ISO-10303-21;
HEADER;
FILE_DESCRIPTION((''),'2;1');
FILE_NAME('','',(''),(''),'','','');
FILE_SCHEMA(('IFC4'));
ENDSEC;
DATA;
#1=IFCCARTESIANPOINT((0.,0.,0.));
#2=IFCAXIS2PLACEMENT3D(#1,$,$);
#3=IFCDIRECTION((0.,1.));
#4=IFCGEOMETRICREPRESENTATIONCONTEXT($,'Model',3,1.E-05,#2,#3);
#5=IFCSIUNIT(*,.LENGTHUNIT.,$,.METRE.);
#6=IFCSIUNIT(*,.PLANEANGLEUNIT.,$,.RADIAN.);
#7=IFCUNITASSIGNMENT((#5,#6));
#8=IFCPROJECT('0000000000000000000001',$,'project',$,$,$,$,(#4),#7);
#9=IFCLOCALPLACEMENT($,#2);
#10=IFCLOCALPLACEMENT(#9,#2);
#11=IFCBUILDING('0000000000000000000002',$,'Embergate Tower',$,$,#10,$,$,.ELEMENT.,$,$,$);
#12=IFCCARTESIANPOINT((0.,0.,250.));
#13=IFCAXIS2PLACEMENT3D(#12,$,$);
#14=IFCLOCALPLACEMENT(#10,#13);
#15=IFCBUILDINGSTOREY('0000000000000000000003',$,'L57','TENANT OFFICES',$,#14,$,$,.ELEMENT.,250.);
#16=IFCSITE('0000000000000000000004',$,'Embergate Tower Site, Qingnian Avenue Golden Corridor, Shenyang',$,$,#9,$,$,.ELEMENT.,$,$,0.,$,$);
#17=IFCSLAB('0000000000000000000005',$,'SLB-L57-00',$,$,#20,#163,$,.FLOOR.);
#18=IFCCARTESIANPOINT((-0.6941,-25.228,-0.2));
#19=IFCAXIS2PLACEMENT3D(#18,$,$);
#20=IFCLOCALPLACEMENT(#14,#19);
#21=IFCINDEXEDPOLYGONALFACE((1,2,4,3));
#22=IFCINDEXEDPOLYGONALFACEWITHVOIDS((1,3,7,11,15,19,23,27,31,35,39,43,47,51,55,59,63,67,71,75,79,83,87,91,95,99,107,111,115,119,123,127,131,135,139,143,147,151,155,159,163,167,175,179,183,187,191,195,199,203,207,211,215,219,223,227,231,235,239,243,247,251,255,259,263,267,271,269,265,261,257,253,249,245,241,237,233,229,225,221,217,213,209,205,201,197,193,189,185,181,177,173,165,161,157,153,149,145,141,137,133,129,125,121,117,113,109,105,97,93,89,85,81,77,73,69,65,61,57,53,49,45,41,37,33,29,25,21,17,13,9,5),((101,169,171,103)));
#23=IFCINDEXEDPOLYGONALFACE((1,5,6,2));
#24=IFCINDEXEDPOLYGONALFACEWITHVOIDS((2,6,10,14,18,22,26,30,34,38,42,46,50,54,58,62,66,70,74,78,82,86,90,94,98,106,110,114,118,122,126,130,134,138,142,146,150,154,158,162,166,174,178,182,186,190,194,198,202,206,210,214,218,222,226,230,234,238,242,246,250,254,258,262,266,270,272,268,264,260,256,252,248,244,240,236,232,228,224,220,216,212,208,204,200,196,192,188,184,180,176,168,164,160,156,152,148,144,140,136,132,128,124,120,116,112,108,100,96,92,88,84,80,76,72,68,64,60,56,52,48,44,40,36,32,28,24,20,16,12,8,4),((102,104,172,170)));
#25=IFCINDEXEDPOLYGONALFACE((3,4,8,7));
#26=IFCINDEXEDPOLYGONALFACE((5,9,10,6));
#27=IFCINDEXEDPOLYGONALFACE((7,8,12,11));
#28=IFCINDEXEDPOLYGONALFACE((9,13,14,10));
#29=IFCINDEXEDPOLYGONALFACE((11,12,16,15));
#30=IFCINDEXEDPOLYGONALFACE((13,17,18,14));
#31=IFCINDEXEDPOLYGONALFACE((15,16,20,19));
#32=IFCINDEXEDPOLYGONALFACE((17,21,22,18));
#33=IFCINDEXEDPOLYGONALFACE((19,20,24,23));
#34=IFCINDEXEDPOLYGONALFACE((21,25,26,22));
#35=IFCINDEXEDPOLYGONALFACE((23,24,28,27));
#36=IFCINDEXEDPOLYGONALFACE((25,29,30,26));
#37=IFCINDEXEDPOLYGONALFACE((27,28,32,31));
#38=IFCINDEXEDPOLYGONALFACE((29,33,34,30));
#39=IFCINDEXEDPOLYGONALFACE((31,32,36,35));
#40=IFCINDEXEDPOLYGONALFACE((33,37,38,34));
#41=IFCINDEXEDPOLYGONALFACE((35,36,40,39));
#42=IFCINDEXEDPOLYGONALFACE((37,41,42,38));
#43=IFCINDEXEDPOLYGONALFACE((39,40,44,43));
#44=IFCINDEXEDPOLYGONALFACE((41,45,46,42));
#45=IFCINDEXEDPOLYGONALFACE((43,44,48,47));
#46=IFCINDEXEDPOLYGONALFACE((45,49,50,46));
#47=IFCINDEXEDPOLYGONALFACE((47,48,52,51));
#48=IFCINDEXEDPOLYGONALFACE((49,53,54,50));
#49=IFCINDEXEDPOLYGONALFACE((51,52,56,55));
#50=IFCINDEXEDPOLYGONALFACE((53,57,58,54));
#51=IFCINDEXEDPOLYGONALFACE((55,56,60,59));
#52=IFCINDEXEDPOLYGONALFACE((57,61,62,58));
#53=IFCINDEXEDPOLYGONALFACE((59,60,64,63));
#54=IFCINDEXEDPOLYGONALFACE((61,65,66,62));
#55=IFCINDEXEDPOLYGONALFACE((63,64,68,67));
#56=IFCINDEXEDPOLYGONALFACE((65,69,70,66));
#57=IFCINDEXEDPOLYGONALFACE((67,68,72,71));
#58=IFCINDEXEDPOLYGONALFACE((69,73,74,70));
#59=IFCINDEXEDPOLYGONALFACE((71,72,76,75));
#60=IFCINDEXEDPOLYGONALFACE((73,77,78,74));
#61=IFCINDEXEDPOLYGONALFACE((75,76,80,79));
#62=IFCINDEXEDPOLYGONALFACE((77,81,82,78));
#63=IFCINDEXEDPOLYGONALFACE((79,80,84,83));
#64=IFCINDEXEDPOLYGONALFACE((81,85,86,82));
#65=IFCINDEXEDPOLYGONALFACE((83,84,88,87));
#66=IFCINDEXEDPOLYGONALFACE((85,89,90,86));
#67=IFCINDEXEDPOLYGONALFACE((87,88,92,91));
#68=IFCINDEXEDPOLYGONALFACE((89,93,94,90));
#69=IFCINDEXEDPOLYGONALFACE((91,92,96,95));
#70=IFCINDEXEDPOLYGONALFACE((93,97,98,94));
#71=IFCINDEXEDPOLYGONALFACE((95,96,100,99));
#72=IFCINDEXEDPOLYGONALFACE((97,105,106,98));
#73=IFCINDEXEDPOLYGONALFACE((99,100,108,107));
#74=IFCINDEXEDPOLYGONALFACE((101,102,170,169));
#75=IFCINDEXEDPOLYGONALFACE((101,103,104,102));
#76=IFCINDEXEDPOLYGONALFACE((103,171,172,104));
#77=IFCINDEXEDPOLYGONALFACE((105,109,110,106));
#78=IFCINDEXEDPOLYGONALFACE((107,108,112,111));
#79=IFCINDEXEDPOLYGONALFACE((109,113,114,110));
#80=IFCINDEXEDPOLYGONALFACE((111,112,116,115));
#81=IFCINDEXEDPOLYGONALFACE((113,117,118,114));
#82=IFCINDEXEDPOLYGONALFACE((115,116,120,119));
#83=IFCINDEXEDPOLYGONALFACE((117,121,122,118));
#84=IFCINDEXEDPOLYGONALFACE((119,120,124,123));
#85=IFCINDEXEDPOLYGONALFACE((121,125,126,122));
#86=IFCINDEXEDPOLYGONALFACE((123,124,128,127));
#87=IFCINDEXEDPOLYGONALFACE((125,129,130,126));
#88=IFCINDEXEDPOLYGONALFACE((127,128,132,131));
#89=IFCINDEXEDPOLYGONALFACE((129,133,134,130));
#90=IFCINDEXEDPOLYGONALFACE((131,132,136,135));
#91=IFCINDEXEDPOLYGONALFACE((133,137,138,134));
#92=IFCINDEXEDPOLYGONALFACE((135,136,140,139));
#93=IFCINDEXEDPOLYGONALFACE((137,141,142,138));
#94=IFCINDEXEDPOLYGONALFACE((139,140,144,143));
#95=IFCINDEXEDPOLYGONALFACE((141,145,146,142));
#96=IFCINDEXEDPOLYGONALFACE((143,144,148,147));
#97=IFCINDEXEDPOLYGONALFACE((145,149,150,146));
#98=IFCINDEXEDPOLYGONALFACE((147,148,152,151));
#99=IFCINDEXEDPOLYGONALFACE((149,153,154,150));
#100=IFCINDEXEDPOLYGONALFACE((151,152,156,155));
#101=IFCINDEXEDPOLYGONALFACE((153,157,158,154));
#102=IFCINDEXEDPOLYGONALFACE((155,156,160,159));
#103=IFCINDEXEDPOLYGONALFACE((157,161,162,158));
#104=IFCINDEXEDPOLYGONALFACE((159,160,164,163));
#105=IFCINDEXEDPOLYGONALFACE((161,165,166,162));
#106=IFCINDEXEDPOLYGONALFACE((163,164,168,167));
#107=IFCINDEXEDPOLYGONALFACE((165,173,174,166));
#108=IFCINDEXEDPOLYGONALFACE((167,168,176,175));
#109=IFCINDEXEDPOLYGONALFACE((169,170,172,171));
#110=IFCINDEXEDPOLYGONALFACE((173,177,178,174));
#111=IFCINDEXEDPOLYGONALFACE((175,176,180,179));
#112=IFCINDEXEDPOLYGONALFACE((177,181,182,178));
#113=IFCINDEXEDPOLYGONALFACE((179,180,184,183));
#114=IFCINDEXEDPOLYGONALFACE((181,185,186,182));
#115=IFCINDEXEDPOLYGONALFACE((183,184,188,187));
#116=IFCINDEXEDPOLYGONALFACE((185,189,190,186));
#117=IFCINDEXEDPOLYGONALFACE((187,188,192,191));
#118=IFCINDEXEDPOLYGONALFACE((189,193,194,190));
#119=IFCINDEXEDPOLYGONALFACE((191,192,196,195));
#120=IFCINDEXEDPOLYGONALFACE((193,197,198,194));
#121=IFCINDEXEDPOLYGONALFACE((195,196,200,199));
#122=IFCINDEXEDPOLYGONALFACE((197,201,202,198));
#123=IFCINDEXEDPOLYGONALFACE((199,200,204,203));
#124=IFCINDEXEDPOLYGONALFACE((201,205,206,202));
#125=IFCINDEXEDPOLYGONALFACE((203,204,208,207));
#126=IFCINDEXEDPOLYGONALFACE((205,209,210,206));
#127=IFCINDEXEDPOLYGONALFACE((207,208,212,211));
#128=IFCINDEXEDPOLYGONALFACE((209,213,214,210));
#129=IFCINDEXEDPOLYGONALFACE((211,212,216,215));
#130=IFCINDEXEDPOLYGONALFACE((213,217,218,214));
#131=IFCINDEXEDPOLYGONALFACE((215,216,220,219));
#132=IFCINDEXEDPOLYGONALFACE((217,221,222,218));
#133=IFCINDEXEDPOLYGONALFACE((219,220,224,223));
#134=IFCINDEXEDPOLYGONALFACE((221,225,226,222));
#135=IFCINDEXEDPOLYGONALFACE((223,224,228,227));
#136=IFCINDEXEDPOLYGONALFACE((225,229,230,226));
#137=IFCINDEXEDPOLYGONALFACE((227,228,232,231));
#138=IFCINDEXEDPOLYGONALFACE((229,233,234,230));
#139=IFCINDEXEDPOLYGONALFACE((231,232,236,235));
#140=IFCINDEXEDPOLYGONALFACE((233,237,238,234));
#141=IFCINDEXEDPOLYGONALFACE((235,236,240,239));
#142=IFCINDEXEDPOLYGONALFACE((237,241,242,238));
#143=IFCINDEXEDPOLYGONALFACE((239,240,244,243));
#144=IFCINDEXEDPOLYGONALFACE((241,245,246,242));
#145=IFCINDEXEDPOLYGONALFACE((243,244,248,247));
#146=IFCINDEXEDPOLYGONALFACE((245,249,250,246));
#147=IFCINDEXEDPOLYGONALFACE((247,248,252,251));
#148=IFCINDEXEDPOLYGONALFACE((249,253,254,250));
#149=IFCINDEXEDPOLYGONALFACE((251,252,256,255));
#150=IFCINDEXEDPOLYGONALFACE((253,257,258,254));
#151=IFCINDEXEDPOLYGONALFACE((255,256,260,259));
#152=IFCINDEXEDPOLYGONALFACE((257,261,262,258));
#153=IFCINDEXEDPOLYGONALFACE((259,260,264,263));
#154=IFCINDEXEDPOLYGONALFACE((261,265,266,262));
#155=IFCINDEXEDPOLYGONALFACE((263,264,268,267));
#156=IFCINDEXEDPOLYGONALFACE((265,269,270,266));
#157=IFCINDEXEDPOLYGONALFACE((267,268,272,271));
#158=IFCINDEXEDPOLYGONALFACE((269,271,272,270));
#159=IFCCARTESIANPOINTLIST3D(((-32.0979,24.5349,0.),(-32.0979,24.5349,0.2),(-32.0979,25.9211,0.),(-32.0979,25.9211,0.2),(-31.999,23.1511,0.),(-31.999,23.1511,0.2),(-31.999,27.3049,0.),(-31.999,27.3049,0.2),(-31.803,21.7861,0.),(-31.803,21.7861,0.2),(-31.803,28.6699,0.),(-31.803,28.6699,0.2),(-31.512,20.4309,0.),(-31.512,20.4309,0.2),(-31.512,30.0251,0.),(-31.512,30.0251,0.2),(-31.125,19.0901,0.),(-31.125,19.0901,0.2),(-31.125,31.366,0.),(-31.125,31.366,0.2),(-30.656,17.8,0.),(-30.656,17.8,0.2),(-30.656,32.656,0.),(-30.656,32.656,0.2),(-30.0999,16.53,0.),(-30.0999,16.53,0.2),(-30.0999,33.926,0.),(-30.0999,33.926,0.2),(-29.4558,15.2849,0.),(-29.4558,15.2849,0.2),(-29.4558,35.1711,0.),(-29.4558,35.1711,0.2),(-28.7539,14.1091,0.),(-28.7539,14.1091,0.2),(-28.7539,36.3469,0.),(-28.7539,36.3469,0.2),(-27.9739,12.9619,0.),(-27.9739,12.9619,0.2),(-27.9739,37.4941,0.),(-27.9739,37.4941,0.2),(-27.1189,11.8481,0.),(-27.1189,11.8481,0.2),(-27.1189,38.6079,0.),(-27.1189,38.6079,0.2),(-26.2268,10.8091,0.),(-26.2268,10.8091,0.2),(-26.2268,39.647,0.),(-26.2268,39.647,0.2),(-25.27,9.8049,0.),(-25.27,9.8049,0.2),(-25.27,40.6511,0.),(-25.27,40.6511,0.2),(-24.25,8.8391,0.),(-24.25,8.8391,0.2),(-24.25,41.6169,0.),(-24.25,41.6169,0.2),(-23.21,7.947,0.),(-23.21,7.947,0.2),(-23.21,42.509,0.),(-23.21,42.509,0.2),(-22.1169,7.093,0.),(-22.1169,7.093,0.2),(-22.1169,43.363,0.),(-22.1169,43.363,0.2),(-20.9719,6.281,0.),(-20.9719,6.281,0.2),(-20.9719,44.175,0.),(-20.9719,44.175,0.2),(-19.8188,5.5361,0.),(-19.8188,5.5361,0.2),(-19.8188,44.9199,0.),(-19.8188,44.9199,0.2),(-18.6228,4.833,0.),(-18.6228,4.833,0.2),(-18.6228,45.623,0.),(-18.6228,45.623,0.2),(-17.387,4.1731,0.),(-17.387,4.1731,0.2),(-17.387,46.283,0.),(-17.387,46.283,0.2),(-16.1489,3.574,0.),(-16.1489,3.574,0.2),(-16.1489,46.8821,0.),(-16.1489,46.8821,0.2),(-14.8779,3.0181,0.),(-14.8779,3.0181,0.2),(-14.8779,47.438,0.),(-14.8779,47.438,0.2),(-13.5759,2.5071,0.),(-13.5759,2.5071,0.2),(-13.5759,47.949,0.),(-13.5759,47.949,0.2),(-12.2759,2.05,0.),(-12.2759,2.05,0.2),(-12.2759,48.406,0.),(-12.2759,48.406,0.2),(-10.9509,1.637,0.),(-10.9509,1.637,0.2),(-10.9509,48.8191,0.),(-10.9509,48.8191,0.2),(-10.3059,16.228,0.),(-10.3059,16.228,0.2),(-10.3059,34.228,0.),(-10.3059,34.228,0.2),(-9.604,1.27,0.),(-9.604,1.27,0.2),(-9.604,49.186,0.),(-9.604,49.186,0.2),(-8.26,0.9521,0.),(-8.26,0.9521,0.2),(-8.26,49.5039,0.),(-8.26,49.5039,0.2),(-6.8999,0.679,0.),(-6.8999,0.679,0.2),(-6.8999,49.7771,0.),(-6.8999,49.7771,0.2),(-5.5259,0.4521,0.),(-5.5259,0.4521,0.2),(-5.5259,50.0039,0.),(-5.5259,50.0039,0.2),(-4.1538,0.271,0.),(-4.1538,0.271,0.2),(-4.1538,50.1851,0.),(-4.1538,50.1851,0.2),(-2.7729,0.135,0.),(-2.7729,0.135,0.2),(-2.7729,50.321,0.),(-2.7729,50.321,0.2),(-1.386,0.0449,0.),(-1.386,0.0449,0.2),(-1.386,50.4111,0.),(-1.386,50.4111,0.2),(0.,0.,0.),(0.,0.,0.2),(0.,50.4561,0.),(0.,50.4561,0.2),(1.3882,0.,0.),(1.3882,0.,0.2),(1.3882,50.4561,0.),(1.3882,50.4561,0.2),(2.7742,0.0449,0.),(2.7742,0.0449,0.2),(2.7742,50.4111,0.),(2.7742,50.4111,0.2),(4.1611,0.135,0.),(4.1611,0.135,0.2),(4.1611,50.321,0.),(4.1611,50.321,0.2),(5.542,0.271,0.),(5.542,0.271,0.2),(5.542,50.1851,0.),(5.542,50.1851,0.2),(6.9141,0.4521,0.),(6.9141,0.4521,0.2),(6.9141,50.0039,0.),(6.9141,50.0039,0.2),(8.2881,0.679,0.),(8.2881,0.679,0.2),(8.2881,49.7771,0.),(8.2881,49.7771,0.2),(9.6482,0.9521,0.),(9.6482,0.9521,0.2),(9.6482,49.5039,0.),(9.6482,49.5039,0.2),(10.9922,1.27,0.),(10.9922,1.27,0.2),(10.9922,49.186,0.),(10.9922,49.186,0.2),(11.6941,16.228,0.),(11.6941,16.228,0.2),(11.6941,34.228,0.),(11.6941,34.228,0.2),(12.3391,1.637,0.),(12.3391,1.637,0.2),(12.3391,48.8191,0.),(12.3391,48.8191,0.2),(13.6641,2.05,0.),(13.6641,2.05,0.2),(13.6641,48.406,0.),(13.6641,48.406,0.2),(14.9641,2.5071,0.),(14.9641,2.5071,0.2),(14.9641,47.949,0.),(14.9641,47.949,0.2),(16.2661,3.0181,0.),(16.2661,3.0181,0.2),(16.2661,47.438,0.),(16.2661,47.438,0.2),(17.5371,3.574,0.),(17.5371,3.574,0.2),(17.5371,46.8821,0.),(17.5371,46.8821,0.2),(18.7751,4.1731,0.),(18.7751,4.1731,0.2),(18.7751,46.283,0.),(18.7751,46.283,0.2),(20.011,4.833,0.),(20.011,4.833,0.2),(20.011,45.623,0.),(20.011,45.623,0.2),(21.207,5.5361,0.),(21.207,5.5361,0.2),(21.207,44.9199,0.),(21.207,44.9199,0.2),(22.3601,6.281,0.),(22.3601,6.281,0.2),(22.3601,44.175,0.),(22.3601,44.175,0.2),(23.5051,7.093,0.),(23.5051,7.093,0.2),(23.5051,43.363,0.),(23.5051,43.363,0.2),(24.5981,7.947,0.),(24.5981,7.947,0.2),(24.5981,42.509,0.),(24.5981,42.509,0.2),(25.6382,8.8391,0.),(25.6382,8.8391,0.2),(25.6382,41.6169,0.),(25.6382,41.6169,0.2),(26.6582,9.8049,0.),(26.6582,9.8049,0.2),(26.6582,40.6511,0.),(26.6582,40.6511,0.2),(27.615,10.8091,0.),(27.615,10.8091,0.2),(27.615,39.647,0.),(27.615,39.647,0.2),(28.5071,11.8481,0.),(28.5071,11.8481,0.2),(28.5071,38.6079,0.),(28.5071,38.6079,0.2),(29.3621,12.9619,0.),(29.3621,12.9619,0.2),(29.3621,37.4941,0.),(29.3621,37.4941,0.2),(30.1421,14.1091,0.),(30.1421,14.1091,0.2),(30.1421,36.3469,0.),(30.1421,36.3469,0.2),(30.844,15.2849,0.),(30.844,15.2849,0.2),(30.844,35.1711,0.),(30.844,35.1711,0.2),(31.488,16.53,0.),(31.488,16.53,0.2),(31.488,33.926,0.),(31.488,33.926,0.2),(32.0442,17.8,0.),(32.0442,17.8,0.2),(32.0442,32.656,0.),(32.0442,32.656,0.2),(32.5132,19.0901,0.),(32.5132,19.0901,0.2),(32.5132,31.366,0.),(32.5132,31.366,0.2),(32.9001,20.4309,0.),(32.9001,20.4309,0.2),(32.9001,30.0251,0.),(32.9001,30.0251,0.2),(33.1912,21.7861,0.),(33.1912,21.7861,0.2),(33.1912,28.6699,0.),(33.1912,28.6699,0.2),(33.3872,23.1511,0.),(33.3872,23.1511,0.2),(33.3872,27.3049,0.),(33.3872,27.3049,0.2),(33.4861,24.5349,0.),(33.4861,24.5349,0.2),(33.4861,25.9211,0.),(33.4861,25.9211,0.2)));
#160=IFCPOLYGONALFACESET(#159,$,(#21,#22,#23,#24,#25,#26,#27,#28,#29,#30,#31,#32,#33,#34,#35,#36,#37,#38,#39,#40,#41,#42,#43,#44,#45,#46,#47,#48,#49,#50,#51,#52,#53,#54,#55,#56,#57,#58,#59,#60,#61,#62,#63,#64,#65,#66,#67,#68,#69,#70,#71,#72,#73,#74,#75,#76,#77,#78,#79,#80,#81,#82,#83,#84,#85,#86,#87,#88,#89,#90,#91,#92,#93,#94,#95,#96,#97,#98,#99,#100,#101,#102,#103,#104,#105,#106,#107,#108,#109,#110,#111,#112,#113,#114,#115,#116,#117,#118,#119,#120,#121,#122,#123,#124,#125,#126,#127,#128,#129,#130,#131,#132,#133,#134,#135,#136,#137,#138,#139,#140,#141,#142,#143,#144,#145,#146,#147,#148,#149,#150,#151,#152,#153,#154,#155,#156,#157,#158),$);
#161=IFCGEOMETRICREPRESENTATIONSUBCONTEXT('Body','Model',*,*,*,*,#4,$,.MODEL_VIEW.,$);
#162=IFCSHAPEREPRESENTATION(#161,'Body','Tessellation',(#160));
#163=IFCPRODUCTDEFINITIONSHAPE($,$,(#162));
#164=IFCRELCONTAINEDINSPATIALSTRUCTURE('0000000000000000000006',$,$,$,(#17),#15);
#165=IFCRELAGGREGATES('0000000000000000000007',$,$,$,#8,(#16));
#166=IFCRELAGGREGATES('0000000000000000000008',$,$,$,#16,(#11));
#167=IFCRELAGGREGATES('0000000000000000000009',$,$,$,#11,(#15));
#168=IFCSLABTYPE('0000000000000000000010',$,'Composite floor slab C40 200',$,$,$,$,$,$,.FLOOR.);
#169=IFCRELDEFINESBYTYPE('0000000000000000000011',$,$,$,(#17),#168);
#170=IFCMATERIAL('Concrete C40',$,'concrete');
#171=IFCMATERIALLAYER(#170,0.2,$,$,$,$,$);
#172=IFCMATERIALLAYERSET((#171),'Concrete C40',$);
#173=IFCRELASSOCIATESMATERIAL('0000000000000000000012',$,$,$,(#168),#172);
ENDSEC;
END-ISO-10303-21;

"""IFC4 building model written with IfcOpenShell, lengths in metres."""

from ifc_helpers import new_model, si_unit, direction, frame, origin, place, context, subcontext, project, spatial, polyline, outline, extrude, source, transform, mapped, material, layer, layer_set, type_object, element, save


model = new_model("IFC4")

# Units and contexts
model_context = context("Model", 3, precision=1e-05, world=origin(), true_north=direction((0.0, 1.0)))
body_context = subcontext(model_context, "Body", "Model", "MODEL_VIEW")
ifc_project = project(units=[si_unit("LENGTHUNIT", "METRE"), si_unit("PLANEANGLEUNIT", "RADIAN")], contexts=[model_context])

# Site, building, storey
site_placement = place(None, origin())
site = spatial("IfcSite", under=ifc_project, at=site_placement, Name="Embergate Tower Site, Qingnian Avenue Golden Corridor, Shenyang", CompositionType="ELEMENT", RefElevation=0.0)
building_placement = place(site_placement, origin())
building = spatial("IfcBuilding", under=site, at=building_placement, Name="Embergate Tower", CompositionType="ELEMENT")
storey_placement = place(building_placement, frame((0.0, 0.0, 250.0)))
storey = spatial("IfcBuildingStorey", under=building, at=storey_placement, Name="L57", Description="TENANT OFFICES", CompositionType="ELEMENT", Elevation=250.0)

# Slab
ifc_material_1 = material(Name="Concrete C40", Category="concrete")
ifc_layer_1 = layer(ifc_material_1, 0.2)
ifc_layer_set_1 = layer_set([ifc_layer_1], Name="Concrete C40")
slab_type = type_object("IfcSlabType", Name="Composite floor slab C40 200", PredefinedType="FLOOR", material=ifc_layer_set_1)
shared_shape_1 = source(origin(), body_context, "Body", "SweptSolid", [
    extrude(outline(polyline([(0.0, 0.0), (1.3882, 0.0), (2.7742, 0.0449), (4.1611, 0.135), (5.542, 0.271), (6.9141, 0.4521), (8.2881, 0.679), (9.6482, 0.9521), (10.9922, 1.27), (12.3391, 1.637), (13.6641, 2.05), (14.9641, 2.5071), (16.2661, 3.0181), (17.5371, 3.574), (18.7751, 4.1731), (20.011, 4.833), (21.207, 5.5361), (22.3601, 6.281), (23.5051, 7.093), (24.5981, 7.947), (25.6382, 8.8391), (26.6582, 9.8049), (27.615, 10.8091), (28.5071, 11.8481), (29.3621, 12.9619), (30.1421, 14.1091), (30.844, 15.2849), (31.488, 16.53), (32.0442, 17.8), (32.5132, 19.0901), (32.9001, 20.4309), (33.1912, 21.7861), (33.3872, 23.1511), (33.4861, 24.5349), (33.4861, 25.9211), (33.3872, 27.3049), (33.1912, 28.6699), (32.9001, 30.0251), (32.5132, 31.366), (32.0442, 32.656), (31.488, 33.926), (30.844, 35.1711), (30.1421, 36.3469), (29.3621, 37.4941), (28.5071, 38.6079), (27.615, 39.647), (26.6582, 40.6511), (25.6382, 41.6169), (24.5981, 42.509), (23.5051, 43.363), (22.3601, 44.175), (21.207, 44.9199), (20.011, 45.623), (18.7751, 46.283), (17.5371, 46.8821), (16.2661, 47.438), (14.9641, 47.949), (13.6641, 48.406), (12.3391, 48.8191), (10.9922, 49.186), (9.6482, 49.5039), (8.2881, 49.7771), (6.9141, 50.0039), (5.542, 50.1851), (4.1611, 50.321), (2.7742, 50.4111), (1.3882, 50.4561), (0.0, 50.4561), (-1.386, 50.4111), (-2.7729, 50.321), (-4.1538, 50.1851), (-5.5259, 50.0039), (-6.8999, 49.7771), (-8.26, 49.5039), (-9.604, 49.186), (-10.9509, 48.8191), (-12.2759, 48.406), (-13.5759, 47.949), (-14.8779, 47.438), (-16.1489, 46.8821), (-17.387, 46.283), (-18.6228, 45.623), (-19.8188, 44.9199), (-20.9719, 44.175), (-22.1169, 43.363), (-23.21, 42.509), (-24.25, 41.6169), (-25.27, 40.6511), (-26.2268, 39.647), (-27.1189, 38.6079), (-27.9739, 37.4941), (-28.7539, 36.3469), (-29.4558, 35.1711), (-30.0999, 33.926), (-30.656, 32.656), (-31.125, 31.366), (-31.512, 30.0251), (-31.803, 28.6699), (-31.999, 27.3049), (-32.0979, 25.9211), (-32.0979, 24.5349), (-31.999, 23.1511), (-31.803, 21.7861), (-31.512, 20.4309), (-31.125, 19.0901), (-30.656, 17.8), (-30.0999, 16.53), (-29.4558, 15.2849), (-28.7539, 14.1091), (-27.9739, 12.9619), (-27.1189, 11.8481), (-26.2268, 10.8091), (-25.27, 9.8049), (-24.25, 8.8391), (-23.21, 7.947), (-22.1169, 7.093), (-20.9719, 6.281), (-19.8188, 5.5361), (-18.6228, 4.833), (-17.387, 4.1731), (-16.1489, 3.574), (-14.8779, 3.0181), (-13.5759, 2.5071), (-12.2759, 2.05), (-10.9509, 1.637), (-9.604, 1.27), (-8.26, 0.9521), (-6.8999, 0.679), (-5.5259, 0.4521), (-4.1538, 0.271), (-2.7729, 0.135), (-1.386, 0.0449), (0.0, 0.0)]), holes=[polyline([(-10.3059, 16.228), (-10.3059, 34.228), (11.6941, 34.228), (11.6941, 16.228), (-10.3059, 16.228)])]), origin(), (0.0, 0.0, 1.0), 0.2),
])
slab_placement = place(storey_placement, frame((-0.6941, -25.228, -0.2)))
element("IfcSlab", 1, at=slab_placement, inside=storey, type_object=slab_type, Name="SLB-L57-00", PredefinedType="FLOOR", context=body_context, shape_type="MappedRepresentation", body=[
    mapped(shared_shape_1, transform((0.0, 0.0, 0.0))),
])

save(model, "model.ifc")
